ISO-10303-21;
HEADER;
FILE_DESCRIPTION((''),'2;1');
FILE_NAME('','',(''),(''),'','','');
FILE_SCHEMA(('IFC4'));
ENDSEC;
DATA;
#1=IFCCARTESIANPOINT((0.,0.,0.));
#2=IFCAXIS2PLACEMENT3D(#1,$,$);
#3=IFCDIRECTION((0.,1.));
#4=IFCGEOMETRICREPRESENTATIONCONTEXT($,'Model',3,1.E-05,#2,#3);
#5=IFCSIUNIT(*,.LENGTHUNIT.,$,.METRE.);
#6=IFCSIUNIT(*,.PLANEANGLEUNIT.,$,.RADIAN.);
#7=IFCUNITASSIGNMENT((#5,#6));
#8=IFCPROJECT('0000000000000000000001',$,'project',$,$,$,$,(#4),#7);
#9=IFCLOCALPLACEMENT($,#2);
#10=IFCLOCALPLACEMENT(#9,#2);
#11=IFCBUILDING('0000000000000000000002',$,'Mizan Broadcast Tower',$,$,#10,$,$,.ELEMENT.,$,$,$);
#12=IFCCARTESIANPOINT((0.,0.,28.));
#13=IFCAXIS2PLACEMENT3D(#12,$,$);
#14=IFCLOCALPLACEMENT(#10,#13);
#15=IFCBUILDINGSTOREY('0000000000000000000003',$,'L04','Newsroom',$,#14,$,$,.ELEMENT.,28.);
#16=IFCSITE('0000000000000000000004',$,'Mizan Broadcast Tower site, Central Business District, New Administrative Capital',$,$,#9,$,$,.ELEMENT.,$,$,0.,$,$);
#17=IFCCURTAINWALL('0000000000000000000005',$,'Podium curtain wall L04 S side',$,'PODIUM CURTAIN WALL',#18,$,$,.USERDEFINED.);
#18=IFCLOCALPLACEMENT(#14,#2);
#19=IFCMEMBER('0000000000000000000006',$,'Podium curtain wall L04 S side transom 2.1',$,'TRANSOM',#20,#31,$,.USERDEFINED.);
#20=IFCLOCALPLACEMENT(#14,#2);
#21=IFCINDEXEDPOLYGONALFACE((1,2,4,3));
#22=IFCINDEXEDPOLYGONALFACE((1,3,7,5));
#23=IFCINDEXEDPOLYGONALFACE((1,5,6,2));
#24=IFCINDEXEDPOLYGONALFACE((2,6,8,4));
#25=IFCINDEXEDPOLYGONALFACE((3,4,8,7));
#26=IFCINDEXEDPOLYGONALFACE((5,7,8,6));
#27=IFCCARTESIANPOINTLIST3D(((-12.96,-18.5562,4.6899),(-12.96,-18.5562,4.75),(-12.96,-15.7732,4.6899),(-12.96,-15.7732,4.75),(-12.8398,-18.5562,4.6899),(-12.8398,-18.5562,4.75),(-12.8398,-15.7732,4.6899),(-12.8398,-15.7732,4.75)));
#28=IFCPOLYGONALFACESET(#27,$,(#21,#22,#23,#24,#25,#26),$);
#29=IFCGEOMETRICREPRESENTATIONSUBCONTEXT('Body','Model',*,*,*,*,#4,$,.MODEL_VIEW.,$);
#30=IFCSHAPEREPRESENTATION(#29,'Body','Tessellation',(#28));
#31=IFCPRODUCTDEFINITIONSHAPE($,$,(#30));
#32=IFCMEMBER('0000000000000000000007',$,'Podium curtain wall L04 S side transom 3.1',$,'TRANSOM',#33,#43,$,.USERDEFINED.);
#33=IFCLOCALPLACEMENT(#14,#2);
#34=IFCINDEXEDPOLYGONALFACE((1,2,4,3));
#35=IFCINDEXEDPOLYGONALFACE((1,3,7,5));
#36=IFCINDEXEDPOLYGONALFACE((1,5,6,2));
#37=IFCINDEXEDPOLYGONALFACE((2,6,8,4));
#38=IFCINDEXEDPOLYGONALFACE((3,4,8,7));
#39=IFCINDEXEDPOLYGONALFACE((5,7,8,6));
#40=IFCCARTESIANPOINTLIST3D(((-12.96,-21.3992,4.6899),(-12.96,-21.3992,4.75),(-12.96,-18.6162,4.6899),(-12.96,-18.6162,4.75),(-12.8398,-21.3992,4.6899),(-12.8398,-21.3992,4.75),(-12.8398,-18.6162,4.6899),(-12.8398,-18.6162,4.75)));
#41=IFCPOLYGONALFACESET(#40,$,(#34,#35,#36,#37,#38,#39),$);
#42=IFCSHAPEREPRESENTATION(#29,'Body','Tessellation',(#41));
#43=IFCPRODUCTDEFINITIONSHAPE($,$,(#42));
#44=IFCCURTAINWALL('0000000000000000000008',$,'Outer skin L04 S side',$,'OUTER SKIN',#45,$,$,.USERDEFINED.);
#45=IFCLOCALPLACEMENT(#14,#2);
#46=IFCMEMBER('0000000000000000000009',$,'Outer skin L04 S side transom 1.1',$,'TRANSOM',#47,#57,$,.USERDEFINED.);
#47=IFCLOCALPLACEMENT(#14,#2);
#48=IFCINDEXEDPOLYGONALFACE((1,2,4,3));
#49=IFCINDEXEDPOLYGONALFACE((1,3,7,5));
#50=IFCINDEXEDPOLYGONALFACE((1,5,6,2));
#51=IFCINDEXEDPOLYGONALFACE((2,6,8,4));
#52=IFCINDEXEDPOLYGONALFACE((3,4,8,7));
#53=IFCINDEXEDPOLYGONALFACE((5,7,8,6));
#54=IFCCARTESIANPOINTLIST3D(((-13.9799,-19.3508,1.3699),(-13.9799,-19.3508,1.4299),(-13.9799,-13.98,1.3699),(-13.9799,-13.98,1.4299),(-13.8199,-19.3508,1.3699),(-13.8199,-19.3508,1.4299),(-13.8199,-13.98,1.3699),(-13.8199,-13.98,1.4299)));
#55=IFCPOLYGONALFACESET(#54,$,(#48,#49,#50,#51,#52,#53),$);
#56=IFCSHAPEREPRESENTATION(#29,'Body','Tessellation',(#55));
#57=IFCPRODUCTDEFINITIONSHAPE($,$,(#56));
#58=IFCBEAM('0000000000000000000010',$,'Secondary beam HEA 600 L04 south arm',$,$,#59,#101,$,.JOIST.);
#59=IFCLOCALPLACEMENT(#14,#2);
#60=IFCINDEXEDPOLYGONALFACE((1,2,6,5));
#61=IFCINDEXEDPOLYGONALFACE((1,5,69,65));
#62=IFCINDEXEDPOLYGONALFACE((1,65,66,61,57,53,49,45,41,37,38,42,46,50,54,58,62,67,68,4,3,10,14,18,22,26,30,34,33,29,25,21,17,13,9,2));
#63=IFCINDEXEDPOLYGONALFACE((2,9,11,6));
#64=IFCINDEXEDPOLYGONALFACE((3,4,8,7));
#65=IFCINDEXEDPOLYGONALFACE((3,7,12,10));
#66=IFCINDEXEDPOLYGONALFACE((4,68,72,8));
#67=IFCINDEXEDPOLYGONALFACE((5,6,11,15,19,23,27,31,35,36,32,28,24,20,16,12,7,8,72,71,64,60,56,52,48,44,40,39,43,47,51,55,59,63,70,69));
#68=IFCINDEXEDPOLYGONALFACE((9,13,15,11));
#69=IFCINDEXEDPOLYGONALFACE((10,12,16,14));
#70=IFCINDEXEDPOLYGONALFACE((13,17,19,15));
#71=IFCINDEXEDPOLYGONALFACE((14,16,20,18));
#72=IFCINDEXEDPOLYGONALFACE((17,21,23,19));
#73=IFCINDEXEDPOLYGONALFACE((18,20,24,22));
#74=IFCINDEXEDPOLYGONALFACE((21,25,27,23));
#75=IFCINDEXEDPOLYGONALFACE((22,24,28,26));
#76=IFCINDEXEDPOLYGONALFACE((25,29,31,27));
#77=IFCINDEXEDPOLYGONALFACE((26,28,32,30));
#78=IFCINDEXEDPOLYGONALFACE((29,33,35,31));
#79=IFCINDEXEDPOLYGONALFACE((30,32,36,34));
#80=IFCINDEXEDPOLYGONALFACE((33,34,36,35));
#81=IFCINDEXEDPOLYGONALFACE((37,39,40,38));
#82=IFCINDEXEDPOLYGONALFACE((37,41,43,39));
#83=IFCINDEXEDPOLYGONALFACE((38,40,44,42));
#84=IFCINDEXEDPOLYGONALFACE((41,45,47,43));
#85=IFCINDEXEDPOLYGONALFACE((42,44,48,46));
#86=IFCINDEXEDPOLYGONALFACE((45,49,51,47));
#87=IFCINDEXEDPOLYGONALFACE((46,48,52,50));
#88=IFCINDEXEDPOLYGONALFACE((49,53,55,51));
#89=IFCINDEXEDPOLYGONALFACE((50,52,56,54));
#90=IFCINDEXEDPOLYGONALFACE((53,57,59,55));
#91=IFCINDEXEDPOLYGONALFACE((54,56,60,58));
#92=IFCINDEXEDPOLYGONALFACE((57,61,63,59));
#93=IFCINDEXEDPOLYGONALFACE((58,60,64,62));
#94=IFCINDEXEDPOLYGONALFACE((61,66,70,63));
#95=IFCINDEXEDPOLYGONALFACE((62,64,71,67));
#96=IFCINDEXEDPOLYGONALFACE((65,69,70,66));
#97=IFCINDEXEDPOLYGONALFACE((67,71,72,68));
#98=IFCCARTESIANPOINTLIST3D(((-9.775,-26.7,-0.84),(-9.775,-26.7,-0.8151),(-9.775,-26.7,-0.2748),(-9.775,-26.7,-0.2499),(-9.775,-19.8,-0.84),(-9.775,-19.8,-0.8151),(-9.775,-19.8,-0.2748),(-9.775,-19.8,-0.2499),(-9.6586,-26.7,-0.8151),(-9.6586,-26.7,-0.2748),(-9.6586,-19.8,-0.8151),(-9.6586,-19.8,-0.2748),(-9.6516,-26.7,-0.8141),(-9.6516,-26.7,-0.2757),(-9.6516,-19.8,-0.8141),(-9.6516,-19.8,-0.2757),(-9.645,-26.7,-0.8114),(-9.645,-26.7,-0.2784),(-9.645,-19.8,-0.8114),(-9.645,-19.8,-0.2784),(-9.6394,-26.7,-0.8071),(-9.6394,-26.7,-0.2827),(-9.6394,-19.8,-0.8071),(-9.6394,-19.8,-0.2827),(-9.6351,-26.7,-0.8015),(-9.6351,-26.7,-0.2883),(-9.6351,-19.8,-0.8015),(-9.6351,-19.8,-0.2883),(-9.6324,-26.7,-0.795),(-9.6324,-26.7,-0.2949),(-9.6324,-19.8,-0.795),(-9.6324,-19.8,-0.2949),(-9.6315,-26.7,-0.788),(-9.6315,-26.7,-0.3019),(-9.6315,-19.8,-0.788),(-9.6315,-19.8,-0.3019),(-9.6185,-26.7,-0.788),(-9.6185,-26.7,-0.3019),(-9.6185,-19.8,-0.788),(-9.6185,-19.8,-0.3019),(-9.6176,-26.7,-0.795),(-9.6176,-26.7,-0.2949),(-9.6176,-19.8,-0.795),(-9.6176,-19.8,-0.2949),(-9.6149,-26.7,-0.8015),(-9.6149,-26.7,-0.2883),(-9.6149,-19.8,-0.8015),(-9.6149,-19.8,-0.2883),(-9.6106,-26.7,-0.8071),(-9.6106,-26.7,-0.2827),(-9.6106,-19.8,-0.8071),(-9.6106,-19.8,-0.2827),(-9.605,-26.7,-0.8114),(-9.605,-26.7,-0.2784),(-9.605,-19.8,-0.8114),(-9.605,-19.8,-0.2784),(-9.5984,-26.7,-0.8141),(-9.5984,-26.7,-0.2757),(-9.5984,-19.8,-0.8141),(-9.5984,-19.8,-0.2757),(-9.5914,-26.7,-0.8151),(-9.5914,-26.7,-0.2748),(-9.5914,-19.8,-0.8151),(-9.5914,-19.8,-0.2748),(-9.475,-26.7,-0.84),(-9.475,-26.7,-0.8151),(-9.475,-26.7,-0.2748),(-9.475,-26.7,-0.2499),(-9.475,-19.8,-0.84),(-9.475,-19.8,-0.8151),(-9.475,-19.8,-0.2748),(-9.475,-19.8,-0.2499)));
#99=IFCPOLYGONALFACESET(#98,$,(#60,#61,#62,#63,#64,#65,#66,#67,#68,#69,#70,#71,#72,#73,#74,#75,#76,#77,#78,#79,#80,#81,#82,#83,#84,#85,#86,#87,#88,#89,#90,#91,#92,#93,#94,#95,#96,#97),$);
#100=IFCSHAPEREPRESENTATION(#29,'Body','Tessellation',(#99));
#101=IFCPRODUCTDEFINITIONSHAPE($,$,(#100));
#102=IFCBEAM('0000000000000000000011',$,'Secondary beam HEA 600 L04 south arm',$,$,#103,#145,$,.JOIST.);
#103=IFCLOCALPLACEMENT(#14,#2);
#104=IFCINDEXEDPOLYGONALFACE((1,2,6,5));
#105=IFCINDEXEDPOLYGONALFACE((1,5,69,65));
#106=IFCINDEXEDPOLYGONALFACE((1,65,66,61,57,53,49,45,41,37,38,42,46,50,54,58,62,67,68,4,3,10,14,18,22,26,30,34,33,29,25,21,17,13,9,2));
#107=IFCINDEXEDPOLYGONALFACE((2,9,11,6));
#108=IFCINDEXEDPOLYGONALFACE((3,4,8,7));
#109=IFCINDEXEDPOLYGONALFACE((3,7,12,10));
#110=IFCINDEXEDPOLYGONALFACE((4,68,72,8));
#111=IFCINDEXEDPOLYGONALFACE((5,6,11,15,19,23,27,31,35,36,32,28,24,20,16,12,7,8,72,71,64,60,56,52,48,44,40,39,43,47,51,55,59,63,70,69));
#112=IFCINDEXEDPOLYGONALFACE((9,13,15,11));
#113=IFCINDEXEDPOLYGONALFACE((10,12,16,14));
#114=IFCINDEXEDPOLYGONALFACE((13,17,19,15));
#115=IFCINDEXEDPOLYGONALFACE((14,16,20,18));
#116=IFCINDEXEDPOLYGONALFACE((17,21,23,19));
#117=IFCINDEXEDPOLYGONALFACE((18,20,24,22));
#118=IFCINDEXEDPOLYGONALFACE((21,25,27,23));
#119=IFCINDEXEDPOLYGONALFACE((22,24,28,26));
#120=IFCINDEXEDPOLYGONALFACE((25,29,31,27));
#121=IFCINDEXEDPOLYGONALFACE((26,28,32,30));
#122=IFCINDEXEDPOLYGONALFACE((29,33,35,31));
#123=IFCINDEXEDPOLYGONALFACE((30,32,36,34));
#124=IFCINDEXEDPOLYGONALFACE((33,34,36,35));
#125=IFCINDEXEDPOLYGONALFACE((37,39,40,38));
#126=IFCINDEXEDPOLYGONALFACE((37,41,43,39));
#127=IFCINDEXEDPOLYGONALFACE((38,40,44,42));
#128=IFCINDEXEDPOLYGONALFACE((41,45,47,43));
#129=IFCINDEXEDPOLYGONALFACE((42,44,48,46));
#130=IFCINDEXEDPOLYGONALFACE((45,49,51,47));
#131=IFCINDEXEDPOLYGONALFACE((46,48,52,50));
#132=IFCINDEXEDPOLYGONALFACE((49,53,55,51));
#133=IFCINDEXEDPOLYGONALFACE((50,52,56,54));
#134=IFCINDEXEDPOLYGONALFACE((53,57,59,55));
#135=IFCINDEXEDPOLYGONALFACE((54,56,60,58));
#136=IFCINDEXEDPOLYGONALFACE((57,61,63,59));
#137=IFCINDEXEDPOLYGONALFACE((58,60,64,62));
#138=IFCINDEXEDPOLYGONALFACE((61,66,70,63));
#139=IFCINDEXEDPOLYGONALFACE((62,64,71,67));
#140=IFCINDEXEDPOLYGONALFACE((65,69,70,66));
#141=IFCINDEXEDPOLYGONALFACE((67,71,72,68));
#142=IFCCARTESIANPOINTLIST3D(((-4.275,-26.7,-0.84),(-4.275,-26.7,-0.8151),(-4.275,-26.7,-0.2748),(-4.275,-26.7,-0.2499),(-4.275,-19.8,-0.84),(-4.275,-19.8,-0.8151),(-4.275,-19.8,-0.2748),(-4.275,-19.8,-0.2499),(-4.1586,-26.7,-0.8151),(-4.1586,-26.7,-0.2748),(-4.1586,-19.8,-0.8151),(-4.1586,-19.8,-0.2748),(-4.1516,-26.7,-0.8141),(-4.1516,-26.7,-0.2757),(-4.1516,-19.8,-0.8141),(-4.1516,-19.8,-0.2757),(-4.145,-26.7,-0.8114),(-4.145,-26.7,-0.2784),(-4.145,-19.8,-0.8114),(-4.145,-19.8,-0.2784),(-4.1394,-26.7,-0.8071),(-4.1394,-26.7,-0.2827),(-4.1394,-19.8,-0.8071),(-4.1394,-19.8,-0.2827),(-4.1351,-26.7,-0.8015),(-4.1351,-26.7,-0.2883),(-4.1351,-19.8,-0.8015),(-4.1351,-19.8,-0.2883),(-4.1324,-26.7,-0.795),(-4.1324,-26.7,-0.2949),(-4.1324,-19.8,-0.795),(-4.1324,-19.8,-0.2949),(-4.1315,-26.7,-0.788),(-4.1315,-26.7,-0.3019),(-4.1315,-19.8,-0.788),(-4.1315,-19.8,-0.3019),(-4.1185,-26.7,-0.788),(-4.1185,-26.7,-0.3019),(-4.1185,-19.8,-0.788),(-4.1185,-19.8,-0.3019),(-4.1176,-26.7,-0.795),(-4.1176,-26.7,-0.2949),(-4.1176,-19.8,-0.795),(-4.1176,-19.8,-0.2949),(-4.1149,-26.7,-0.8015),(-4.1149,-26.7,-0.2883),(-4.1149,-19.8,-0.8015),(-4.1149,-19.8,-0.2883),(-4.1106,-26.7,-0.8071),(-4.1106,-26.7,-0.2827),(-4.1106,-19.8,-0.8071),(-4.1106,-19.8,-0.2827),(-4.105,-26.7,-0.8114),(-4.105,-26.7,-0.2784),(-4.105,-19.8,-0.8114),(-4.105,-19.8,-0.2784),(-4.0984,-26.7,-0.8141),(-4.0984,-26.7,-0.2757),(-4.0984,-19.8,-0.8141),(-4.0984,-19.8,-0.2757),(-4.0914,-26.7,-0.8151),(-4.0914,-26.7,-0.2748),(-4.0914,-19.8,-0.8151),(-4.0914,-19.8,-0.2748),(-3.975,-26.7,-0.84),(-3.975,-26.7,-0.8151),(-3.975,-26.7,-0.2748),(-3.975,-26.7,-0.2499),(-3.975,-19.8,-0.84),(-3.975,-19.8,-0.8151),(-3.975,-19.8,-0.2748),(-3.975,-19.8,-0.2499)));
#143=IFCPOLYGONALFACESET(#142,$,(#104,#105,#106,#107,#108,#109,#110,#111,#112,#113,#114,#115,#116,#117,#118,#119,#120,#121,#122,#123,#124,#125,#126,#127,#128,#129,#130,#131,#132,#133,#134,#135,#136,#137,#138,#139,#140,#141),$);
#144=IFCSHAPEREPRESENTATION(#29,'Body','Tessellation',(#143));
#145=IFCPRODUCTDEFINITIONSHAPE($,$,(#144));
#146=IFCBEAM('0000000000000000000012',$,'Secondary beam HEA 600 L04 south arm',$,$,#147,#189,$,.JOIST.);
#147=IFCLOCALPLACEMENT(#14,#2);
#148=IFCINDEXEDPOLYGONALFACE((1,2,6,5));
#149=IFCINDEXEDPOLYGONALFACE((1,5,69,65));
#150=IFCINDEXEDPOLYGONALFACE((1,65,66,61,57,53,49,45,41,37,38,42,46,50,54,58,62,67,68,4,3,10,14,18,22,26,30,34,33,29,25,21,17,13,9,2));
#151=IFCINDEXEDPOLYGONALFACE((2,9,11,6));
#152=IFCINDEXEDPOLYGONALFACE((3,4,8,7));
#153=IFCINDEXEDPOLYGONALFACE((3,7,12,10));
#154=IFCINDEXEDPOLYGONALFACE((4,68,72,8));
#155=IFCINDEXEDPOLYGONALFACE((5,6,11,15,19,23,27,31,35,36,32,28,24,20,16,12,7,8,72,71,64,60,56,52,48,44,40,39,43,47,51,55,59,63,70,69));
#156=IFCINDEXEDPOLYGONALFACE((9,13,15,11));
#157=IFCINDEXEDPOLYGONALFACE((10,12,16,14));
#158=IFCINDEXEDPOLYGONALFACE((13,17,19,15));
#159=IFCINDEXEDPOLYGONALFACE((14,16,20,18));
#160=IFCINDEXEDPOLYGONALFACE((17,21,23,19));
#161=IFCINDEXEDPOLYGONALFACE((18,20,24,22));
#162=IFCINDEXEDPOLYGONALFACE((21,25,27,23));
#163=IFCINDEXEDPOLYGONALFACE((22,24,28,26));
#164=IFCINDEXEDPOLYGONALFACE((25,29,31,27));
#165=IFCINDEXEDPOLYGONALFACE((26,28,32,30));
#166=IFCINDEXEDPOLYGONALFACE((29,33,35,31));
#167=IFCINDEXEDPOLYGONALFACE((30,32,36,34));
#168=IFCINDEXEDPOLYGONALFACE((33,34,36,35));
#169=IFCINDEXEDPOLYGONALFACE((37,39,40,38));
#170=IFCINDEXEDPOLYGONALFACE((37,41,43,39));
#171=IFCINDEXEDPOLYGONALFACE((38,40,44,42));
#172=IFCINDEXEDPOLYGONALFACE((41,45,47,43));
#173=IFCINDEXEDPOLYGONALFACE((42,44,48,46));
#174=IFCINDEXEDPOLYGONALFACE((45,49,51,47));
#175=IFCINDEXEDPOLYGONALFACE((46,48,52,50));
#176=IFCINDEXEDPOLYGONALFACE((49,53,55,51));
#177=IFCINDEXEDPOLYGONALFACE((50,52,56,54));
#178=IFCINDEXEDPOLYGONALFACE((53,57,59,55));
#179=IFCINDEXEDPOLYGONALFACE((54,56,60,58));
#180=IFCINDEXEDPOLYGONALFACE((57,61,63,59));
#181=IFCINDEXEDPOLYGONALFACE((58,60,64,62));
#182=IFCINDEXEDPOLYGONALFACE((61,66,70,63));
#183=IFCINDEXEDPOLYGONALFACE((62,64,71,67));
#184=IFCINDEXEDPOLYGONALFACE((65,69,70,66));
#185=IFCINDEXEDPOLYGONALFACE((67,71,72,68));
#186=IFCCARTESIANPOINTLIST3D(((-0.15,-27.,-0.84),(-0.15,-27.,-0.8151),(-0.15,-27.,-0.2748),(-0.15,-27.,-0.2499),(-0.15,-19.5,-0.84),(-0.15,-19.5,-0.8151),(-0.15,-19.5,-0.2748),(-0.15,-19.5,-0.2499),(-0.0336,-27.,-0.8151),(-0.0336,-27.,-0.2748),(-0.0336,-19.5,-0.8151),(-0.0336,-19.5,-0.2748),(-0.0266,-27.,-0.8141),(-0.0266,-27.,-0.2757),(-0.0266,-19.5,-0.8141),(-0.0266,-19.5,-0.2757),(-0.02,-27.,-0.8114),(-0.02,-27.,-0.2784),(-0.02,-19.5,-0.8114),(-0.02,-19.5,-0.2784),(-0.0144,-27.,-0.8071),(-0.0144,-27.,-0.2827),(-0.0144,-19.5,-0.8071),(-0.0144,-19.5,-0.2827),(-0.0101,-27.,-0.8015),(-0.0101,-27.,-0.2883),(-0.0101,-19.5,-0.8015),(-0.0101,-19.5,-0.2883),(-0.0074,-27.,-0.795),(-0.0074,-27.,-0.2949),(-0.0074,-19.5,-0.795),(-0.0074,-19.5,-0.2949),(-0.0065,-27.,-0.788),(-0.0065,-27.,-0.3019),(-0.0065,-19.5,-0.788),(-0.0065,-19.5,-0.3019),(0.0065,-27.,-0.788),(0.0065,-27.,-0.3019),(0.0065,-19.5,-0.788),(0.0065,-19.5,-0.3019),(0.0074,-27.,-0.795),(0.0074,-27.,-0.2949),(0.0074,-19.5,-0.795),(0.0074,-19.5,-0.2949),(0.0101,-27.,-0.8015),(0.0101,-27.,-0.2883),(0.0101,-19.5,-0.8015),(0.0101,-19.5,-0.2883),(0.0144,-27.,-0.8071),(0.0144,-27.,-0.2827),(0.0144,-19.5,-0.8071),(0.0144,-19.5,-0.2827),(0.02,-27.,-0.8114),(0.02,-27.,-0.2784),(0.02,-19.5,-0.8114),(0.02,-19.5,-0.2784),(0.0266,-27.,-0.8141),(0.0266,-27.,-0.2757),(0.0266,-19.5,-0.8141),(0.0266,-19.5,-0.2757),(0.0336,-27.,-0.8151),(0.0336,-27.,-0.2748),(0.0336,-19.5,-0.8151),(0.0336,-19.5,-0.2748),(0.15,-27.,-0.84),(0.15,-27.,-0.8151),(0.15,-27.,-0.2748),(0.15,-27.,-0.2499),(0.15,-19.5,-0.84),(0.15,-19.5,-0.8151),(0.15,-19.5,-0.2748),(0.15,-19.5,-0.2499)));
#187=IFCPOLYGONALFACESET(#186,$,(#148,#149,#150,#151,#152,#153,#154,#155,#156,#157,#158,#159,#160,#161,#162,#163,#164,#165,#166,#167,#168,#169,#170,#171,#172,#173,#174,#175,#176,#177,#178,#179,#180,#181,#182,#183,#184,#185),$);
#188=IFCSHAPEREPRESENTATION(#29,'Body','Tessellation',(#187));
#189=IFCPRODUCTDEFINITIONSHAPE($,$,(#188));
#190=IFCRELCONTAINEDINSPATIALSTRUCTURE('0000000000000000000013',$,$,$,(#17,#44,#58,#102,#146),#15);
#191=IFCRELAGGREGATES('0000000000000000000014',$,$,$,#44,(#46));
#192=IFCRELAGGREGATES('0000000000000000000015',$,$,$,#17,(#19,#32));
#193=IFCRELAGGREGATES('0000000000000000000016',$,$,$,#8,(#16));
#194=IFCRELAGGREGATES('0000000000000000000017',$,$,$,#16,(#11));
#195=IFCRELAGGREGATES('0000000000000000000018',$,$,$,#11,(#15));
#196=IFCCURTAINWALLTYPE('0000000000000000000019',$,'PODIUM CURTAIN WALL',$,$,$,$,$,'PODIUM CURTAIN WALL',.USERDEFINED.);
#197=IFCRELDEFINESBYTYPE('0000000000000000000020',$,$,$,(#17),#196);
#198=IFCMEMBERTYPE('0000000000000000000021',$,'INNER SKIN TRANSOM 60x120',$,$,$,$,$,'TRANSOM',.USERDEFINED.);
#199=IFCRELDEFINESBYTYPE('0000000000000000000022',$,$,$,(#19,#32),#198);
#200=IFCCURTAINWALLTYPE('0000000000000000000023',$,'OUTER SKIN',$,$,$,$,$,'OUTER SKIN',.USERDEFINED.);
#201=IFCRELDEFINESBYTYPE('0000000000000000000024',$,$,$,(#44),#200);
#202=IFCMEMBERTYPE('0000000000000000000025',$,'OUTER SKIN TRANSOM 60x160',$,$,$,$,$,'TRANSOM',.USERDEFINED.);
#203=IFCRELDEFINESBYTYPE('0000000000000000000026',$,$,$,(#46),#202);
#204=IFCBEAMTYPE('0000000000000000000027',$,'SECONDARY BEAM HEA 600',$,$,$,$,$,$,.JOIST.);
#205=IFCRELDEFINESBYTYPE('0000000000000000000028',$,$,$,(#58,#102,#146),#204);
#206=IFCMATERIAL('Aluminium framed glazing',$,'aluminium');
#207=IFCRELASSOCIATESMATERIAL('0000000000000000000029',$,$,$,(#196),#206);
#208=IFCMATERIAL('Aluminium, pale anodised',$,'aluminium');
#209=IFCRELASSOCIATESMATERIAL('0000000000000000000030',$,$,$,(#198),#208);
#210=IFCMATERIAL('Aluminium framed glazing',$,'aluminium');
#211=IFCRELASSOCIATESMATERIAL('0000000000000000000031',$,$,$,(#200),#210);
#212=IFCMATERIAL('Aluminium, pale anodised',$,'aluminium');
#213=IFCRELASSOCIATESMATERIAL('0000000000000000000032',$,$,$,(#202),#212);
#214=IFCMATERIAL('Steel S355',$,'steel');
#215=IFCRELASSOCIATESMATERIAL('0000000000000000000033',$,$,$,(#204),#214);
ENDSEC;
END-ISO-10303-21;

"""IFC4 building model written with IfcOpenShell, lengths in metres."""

from ifc_helpers import new_model, si_unit, direction, frame, origin, origin_2d, place, context, subcontext, project, spatial, rectangle, i_section, extrude, material, material_profile, profile_set, type_object, element, aggregate, save


model = new_model("IFC4")

# Units and contexts
model_context = context("Model", 3, precision=1e-05, world=origin(), true_north=direction((0.0, 1.0)))
body_context = subcontext(model_context, "Body", "Model", "MODEL_VIEW")
ifc_project = project(units=[si_unit("LENGTHUNIT", "METRE"), si_unit("PLANEANGLEUNIT", "RADIAN")], contexts=[model_context])

# Site, building, storey
site_placement = place(None, origin())
site = spatial("IfcSite", under=ifc_project, at=site_placement, Name="Mizan Broadcast Tower site, Central Business District, New Administrative Capital", CompositionType="ELEMENT", RefElevation=0.0)
building_placement = place(site_placement, origin())
building = spatial("IfcBuilding", under=site, at=building_placement, Name="Mizan Broadcast Tower", CompositionType="ELEMENT")
storey_placement = place(building_placement, frame((0.0, 0.0, 28.0)))
storey = spatial("IfcBuildingStorey", under=building, at=storey_placement, Name="L04", Description="Newsroom", CompositionType="ELEMENT", Elevation=28.0)

# Shared definitions
ifc_material_1 = material(Name="Aluminium framed glazing", Category="aluminium")
curtain_wall_type_1 = type_object("IfcCurtainWallType", Name="PODIUM CURTAIN WALL", ElementType="PODIUM CURTAIN WALL", PredefinedType="USERDEFINED", material=ifc_material_1)

# Curtain wall, members
curtain_wall_1_placement = place(storey_placement, origin())
curtain_wall_1 = element("IfcCurtainWall", 1, at=curtain_wall_1_placement, inside=storey, type_object=curtain_wall_type_1, Name="Podium curtain wall L04 S side", ObjectType="PODIUM CURTAIN WALL", PredefinedType="USERDEFINED")
ifc_material_2 = material(Name="Aluminium, pale anodised", Category="aluminium")
ifc_material_profile_1 = material_profile(ifc_material_2, rectangle(XDim=0.1201, YDim=0.0601, at=origin_2d()), Name="TRANSOM 120x60")
ifc_profile_set_1 = profile_set([ifc_material_profile_1], Name="Aluminium, pale anodised")
member_type_1 = type_object("IfcMemberType", Name="INNER SKIN TRANSOM 60x120", ElementType="TRANSOM", PredefinedType="USERDEFINED", material=ifc_profile_set_1)
member_1_placement = place(storey_placement, frame((-12.8999, -15.7732, 4.72), z_axis=(0.0, -1.0, 0.0), x_axis=(1.0, 0.0, 0.0)))
member_1 = element("IfcMember", 2, at=member_1_placement, type_object=member_type_1, Name="Podium curtain wall L04 S side transom 2.1", ObjectType="TRANSOM", PredefinedType="USERDEFINED", context=body_context, shape_type="SweptSolid", body=[
    extrude(rectangle(XDim=0.1201, YDim=0.0601, at=origin_2d()), origin(), (0.0, 0.0, 1.0), 2.783),
])
member_2_placement = place(storey_placement, frame((-12.8999, -18.6162, 4.72), z_axis=(0.0, -1.0, 0.0), x_axis=(1.0, 0.0, 0.0)))
member_2 = element("IfcMember", 3, at=member_2_placement, type_object=member_type_1, Name="Podium curtain wall L04 S side transom 3.1", ObjectType="TRANSOM", PredefinedType="USERDEFINED", context=body_context, shape_type="SweptSolid", body=[
    extrude(rectangle(XDim=0.1201, YDim=0.0601, at=origin_2d()), origin(), (0.0, 0.0, 1.0), 2.783),
])

# Curtain wall, member
ifc_material_3 = material(Name="Aluminium framed glazing", Category="aluminium")
curtain_wall_type_2 = type_object("IfcCurtainWallType", Name="OUTER SKIN", ElementType="OUTER SKIN", PredefinedType="USERDEFINED", material=ifc_material_3)
curtain_wall_2_placement = place(storey_placement, origin())
curtain_wall_2 = element("IfcCurtainWall", 4, at=curtain_wall_2_placement, inside=storey, type_object=curtain_wall_type_2, Name="Outer skin L04 S side", ObjectType="OUTER SKIN", PredefinedType="USERDEFINED")
ifc_material_4 = material(Name="Aluminium, pale anodised", Category="aluminium")
ifc_material_profile_2 = material_profile(ifc_material_4, rectangle(XDim=0.1599, YDim=0.0601, at=origin_2d()), Name="TRANSOM 160x60")
ifc_profile_set_2 = profile_set([ifc_material_profile_2], Name="Aluminium, pale anodised")
member_type_2 = type_object("IfcMemberType", Name="OUTER SKIN TRANSOM 60x160", ElementType="TRANSOM", PredefinedType="USERDEFINED", material=ifc_profile_set_2)
member_3_placement = place(storey_placement, frame((-13.8999, -13.98, 1.3999), z_axis=(0.0, -1.0, 0.0), x_axis=(1.0, 0.0, 0.0)))
member_3 = element("IfcMember", 5, at=member_3_placement, type_object=member_type_2, Name="Outer skin L04 S side transom 1.1", ObjectType="TRANSOM", PredefinedType="USERDEFINED", context=body_context, shape_type="SweptSolid", body=[
    extrude(rectangle(XDim=0.1599, YDim=0.0601, at=origin_2d()), origin(), (0.0, 0.0, 1.0), 5.3708),
])

# Beams
ifc_material_5 = material(Name="Steel S355", Category="steel")
ifc_material_profile_3 = material_profile(ifc_material_5, i_section(OverallWidth=0.3, OverallDepth=0.5901, WebThickness=0.0129, FlangeThickness=0.0249, FilletRadius=0.0271, at=origin_2d()), Name="HEA 600")
ifc_profile_set_3 = profile_set([ifc_material_profile_3], Name="Steel S355")
beam_type_1 = type_object("IfcBeamType", Name="SECONDARY BEAM HEA 600", PredefinedType="JOIST", material=ifc_profile_set_3)
for number, where, z_axis, x_axis, name in (
    (6, (-9.625, -19.8, -0.5449), (0.0, -1.0, 0.0), (1.0, 0.0, 0.0), "Secondary beam HEA 600 L04 south arm"),
    (7, (-4.125, -19.8, -0.5449), (0.0, -1.0, 0.0), (1.0, 0.0, 0.0), "Secondary beam HEA 600 L04 south arm"),
):
    element("IfcBeam", number, at=place(storey_placement, frame(where, z_axis=z_axis, x_axis=x_axis)), inside=storey, type_object=beam_type_1, Name=name, PredefinedType="JOIST", context=body_context, shape_type="SweptSolid", body=[
        extrude(i_section(OverallWidth=0.3, OverallDepth=0.5901, WebThickness=0.0129, FlangeThickness=0.0249, FilletRadius=0.0271, at=origin_2d()), origin(), (0.0, 0.0, 1.0), 6.8999),
    ])
beam_1_placement = place(storey_placement, frame((0.0, -19.5, -0.5449), z_axis=(0.0, -1.0, 0.0), x_axis=(1.0, 0.0, 0.0)))
element("IfcBeam", 8, at=beam_1_placement, inside=storey, type_object=beam_type_1, Name="Secondary beam HEA 600 L04 south arm", PredefinedType="JOIST", context=body_context, shape_type="SweptSolid", body=[
    extrude(i_section(OverallWidth=0.3, OverallDepth=0.5901, WebThickness=0.0129, FlangeThickness=0.0249, FilletRadius=0.0271, at=origin_2d()), origin(), (0.0, 0.0, 1.0), 7.5),
])

aggregate(curtain_wall_2, [member_3])
aggregate(curtain_wall_1, [member_1, member_2])

save(model, "model.ifc")
